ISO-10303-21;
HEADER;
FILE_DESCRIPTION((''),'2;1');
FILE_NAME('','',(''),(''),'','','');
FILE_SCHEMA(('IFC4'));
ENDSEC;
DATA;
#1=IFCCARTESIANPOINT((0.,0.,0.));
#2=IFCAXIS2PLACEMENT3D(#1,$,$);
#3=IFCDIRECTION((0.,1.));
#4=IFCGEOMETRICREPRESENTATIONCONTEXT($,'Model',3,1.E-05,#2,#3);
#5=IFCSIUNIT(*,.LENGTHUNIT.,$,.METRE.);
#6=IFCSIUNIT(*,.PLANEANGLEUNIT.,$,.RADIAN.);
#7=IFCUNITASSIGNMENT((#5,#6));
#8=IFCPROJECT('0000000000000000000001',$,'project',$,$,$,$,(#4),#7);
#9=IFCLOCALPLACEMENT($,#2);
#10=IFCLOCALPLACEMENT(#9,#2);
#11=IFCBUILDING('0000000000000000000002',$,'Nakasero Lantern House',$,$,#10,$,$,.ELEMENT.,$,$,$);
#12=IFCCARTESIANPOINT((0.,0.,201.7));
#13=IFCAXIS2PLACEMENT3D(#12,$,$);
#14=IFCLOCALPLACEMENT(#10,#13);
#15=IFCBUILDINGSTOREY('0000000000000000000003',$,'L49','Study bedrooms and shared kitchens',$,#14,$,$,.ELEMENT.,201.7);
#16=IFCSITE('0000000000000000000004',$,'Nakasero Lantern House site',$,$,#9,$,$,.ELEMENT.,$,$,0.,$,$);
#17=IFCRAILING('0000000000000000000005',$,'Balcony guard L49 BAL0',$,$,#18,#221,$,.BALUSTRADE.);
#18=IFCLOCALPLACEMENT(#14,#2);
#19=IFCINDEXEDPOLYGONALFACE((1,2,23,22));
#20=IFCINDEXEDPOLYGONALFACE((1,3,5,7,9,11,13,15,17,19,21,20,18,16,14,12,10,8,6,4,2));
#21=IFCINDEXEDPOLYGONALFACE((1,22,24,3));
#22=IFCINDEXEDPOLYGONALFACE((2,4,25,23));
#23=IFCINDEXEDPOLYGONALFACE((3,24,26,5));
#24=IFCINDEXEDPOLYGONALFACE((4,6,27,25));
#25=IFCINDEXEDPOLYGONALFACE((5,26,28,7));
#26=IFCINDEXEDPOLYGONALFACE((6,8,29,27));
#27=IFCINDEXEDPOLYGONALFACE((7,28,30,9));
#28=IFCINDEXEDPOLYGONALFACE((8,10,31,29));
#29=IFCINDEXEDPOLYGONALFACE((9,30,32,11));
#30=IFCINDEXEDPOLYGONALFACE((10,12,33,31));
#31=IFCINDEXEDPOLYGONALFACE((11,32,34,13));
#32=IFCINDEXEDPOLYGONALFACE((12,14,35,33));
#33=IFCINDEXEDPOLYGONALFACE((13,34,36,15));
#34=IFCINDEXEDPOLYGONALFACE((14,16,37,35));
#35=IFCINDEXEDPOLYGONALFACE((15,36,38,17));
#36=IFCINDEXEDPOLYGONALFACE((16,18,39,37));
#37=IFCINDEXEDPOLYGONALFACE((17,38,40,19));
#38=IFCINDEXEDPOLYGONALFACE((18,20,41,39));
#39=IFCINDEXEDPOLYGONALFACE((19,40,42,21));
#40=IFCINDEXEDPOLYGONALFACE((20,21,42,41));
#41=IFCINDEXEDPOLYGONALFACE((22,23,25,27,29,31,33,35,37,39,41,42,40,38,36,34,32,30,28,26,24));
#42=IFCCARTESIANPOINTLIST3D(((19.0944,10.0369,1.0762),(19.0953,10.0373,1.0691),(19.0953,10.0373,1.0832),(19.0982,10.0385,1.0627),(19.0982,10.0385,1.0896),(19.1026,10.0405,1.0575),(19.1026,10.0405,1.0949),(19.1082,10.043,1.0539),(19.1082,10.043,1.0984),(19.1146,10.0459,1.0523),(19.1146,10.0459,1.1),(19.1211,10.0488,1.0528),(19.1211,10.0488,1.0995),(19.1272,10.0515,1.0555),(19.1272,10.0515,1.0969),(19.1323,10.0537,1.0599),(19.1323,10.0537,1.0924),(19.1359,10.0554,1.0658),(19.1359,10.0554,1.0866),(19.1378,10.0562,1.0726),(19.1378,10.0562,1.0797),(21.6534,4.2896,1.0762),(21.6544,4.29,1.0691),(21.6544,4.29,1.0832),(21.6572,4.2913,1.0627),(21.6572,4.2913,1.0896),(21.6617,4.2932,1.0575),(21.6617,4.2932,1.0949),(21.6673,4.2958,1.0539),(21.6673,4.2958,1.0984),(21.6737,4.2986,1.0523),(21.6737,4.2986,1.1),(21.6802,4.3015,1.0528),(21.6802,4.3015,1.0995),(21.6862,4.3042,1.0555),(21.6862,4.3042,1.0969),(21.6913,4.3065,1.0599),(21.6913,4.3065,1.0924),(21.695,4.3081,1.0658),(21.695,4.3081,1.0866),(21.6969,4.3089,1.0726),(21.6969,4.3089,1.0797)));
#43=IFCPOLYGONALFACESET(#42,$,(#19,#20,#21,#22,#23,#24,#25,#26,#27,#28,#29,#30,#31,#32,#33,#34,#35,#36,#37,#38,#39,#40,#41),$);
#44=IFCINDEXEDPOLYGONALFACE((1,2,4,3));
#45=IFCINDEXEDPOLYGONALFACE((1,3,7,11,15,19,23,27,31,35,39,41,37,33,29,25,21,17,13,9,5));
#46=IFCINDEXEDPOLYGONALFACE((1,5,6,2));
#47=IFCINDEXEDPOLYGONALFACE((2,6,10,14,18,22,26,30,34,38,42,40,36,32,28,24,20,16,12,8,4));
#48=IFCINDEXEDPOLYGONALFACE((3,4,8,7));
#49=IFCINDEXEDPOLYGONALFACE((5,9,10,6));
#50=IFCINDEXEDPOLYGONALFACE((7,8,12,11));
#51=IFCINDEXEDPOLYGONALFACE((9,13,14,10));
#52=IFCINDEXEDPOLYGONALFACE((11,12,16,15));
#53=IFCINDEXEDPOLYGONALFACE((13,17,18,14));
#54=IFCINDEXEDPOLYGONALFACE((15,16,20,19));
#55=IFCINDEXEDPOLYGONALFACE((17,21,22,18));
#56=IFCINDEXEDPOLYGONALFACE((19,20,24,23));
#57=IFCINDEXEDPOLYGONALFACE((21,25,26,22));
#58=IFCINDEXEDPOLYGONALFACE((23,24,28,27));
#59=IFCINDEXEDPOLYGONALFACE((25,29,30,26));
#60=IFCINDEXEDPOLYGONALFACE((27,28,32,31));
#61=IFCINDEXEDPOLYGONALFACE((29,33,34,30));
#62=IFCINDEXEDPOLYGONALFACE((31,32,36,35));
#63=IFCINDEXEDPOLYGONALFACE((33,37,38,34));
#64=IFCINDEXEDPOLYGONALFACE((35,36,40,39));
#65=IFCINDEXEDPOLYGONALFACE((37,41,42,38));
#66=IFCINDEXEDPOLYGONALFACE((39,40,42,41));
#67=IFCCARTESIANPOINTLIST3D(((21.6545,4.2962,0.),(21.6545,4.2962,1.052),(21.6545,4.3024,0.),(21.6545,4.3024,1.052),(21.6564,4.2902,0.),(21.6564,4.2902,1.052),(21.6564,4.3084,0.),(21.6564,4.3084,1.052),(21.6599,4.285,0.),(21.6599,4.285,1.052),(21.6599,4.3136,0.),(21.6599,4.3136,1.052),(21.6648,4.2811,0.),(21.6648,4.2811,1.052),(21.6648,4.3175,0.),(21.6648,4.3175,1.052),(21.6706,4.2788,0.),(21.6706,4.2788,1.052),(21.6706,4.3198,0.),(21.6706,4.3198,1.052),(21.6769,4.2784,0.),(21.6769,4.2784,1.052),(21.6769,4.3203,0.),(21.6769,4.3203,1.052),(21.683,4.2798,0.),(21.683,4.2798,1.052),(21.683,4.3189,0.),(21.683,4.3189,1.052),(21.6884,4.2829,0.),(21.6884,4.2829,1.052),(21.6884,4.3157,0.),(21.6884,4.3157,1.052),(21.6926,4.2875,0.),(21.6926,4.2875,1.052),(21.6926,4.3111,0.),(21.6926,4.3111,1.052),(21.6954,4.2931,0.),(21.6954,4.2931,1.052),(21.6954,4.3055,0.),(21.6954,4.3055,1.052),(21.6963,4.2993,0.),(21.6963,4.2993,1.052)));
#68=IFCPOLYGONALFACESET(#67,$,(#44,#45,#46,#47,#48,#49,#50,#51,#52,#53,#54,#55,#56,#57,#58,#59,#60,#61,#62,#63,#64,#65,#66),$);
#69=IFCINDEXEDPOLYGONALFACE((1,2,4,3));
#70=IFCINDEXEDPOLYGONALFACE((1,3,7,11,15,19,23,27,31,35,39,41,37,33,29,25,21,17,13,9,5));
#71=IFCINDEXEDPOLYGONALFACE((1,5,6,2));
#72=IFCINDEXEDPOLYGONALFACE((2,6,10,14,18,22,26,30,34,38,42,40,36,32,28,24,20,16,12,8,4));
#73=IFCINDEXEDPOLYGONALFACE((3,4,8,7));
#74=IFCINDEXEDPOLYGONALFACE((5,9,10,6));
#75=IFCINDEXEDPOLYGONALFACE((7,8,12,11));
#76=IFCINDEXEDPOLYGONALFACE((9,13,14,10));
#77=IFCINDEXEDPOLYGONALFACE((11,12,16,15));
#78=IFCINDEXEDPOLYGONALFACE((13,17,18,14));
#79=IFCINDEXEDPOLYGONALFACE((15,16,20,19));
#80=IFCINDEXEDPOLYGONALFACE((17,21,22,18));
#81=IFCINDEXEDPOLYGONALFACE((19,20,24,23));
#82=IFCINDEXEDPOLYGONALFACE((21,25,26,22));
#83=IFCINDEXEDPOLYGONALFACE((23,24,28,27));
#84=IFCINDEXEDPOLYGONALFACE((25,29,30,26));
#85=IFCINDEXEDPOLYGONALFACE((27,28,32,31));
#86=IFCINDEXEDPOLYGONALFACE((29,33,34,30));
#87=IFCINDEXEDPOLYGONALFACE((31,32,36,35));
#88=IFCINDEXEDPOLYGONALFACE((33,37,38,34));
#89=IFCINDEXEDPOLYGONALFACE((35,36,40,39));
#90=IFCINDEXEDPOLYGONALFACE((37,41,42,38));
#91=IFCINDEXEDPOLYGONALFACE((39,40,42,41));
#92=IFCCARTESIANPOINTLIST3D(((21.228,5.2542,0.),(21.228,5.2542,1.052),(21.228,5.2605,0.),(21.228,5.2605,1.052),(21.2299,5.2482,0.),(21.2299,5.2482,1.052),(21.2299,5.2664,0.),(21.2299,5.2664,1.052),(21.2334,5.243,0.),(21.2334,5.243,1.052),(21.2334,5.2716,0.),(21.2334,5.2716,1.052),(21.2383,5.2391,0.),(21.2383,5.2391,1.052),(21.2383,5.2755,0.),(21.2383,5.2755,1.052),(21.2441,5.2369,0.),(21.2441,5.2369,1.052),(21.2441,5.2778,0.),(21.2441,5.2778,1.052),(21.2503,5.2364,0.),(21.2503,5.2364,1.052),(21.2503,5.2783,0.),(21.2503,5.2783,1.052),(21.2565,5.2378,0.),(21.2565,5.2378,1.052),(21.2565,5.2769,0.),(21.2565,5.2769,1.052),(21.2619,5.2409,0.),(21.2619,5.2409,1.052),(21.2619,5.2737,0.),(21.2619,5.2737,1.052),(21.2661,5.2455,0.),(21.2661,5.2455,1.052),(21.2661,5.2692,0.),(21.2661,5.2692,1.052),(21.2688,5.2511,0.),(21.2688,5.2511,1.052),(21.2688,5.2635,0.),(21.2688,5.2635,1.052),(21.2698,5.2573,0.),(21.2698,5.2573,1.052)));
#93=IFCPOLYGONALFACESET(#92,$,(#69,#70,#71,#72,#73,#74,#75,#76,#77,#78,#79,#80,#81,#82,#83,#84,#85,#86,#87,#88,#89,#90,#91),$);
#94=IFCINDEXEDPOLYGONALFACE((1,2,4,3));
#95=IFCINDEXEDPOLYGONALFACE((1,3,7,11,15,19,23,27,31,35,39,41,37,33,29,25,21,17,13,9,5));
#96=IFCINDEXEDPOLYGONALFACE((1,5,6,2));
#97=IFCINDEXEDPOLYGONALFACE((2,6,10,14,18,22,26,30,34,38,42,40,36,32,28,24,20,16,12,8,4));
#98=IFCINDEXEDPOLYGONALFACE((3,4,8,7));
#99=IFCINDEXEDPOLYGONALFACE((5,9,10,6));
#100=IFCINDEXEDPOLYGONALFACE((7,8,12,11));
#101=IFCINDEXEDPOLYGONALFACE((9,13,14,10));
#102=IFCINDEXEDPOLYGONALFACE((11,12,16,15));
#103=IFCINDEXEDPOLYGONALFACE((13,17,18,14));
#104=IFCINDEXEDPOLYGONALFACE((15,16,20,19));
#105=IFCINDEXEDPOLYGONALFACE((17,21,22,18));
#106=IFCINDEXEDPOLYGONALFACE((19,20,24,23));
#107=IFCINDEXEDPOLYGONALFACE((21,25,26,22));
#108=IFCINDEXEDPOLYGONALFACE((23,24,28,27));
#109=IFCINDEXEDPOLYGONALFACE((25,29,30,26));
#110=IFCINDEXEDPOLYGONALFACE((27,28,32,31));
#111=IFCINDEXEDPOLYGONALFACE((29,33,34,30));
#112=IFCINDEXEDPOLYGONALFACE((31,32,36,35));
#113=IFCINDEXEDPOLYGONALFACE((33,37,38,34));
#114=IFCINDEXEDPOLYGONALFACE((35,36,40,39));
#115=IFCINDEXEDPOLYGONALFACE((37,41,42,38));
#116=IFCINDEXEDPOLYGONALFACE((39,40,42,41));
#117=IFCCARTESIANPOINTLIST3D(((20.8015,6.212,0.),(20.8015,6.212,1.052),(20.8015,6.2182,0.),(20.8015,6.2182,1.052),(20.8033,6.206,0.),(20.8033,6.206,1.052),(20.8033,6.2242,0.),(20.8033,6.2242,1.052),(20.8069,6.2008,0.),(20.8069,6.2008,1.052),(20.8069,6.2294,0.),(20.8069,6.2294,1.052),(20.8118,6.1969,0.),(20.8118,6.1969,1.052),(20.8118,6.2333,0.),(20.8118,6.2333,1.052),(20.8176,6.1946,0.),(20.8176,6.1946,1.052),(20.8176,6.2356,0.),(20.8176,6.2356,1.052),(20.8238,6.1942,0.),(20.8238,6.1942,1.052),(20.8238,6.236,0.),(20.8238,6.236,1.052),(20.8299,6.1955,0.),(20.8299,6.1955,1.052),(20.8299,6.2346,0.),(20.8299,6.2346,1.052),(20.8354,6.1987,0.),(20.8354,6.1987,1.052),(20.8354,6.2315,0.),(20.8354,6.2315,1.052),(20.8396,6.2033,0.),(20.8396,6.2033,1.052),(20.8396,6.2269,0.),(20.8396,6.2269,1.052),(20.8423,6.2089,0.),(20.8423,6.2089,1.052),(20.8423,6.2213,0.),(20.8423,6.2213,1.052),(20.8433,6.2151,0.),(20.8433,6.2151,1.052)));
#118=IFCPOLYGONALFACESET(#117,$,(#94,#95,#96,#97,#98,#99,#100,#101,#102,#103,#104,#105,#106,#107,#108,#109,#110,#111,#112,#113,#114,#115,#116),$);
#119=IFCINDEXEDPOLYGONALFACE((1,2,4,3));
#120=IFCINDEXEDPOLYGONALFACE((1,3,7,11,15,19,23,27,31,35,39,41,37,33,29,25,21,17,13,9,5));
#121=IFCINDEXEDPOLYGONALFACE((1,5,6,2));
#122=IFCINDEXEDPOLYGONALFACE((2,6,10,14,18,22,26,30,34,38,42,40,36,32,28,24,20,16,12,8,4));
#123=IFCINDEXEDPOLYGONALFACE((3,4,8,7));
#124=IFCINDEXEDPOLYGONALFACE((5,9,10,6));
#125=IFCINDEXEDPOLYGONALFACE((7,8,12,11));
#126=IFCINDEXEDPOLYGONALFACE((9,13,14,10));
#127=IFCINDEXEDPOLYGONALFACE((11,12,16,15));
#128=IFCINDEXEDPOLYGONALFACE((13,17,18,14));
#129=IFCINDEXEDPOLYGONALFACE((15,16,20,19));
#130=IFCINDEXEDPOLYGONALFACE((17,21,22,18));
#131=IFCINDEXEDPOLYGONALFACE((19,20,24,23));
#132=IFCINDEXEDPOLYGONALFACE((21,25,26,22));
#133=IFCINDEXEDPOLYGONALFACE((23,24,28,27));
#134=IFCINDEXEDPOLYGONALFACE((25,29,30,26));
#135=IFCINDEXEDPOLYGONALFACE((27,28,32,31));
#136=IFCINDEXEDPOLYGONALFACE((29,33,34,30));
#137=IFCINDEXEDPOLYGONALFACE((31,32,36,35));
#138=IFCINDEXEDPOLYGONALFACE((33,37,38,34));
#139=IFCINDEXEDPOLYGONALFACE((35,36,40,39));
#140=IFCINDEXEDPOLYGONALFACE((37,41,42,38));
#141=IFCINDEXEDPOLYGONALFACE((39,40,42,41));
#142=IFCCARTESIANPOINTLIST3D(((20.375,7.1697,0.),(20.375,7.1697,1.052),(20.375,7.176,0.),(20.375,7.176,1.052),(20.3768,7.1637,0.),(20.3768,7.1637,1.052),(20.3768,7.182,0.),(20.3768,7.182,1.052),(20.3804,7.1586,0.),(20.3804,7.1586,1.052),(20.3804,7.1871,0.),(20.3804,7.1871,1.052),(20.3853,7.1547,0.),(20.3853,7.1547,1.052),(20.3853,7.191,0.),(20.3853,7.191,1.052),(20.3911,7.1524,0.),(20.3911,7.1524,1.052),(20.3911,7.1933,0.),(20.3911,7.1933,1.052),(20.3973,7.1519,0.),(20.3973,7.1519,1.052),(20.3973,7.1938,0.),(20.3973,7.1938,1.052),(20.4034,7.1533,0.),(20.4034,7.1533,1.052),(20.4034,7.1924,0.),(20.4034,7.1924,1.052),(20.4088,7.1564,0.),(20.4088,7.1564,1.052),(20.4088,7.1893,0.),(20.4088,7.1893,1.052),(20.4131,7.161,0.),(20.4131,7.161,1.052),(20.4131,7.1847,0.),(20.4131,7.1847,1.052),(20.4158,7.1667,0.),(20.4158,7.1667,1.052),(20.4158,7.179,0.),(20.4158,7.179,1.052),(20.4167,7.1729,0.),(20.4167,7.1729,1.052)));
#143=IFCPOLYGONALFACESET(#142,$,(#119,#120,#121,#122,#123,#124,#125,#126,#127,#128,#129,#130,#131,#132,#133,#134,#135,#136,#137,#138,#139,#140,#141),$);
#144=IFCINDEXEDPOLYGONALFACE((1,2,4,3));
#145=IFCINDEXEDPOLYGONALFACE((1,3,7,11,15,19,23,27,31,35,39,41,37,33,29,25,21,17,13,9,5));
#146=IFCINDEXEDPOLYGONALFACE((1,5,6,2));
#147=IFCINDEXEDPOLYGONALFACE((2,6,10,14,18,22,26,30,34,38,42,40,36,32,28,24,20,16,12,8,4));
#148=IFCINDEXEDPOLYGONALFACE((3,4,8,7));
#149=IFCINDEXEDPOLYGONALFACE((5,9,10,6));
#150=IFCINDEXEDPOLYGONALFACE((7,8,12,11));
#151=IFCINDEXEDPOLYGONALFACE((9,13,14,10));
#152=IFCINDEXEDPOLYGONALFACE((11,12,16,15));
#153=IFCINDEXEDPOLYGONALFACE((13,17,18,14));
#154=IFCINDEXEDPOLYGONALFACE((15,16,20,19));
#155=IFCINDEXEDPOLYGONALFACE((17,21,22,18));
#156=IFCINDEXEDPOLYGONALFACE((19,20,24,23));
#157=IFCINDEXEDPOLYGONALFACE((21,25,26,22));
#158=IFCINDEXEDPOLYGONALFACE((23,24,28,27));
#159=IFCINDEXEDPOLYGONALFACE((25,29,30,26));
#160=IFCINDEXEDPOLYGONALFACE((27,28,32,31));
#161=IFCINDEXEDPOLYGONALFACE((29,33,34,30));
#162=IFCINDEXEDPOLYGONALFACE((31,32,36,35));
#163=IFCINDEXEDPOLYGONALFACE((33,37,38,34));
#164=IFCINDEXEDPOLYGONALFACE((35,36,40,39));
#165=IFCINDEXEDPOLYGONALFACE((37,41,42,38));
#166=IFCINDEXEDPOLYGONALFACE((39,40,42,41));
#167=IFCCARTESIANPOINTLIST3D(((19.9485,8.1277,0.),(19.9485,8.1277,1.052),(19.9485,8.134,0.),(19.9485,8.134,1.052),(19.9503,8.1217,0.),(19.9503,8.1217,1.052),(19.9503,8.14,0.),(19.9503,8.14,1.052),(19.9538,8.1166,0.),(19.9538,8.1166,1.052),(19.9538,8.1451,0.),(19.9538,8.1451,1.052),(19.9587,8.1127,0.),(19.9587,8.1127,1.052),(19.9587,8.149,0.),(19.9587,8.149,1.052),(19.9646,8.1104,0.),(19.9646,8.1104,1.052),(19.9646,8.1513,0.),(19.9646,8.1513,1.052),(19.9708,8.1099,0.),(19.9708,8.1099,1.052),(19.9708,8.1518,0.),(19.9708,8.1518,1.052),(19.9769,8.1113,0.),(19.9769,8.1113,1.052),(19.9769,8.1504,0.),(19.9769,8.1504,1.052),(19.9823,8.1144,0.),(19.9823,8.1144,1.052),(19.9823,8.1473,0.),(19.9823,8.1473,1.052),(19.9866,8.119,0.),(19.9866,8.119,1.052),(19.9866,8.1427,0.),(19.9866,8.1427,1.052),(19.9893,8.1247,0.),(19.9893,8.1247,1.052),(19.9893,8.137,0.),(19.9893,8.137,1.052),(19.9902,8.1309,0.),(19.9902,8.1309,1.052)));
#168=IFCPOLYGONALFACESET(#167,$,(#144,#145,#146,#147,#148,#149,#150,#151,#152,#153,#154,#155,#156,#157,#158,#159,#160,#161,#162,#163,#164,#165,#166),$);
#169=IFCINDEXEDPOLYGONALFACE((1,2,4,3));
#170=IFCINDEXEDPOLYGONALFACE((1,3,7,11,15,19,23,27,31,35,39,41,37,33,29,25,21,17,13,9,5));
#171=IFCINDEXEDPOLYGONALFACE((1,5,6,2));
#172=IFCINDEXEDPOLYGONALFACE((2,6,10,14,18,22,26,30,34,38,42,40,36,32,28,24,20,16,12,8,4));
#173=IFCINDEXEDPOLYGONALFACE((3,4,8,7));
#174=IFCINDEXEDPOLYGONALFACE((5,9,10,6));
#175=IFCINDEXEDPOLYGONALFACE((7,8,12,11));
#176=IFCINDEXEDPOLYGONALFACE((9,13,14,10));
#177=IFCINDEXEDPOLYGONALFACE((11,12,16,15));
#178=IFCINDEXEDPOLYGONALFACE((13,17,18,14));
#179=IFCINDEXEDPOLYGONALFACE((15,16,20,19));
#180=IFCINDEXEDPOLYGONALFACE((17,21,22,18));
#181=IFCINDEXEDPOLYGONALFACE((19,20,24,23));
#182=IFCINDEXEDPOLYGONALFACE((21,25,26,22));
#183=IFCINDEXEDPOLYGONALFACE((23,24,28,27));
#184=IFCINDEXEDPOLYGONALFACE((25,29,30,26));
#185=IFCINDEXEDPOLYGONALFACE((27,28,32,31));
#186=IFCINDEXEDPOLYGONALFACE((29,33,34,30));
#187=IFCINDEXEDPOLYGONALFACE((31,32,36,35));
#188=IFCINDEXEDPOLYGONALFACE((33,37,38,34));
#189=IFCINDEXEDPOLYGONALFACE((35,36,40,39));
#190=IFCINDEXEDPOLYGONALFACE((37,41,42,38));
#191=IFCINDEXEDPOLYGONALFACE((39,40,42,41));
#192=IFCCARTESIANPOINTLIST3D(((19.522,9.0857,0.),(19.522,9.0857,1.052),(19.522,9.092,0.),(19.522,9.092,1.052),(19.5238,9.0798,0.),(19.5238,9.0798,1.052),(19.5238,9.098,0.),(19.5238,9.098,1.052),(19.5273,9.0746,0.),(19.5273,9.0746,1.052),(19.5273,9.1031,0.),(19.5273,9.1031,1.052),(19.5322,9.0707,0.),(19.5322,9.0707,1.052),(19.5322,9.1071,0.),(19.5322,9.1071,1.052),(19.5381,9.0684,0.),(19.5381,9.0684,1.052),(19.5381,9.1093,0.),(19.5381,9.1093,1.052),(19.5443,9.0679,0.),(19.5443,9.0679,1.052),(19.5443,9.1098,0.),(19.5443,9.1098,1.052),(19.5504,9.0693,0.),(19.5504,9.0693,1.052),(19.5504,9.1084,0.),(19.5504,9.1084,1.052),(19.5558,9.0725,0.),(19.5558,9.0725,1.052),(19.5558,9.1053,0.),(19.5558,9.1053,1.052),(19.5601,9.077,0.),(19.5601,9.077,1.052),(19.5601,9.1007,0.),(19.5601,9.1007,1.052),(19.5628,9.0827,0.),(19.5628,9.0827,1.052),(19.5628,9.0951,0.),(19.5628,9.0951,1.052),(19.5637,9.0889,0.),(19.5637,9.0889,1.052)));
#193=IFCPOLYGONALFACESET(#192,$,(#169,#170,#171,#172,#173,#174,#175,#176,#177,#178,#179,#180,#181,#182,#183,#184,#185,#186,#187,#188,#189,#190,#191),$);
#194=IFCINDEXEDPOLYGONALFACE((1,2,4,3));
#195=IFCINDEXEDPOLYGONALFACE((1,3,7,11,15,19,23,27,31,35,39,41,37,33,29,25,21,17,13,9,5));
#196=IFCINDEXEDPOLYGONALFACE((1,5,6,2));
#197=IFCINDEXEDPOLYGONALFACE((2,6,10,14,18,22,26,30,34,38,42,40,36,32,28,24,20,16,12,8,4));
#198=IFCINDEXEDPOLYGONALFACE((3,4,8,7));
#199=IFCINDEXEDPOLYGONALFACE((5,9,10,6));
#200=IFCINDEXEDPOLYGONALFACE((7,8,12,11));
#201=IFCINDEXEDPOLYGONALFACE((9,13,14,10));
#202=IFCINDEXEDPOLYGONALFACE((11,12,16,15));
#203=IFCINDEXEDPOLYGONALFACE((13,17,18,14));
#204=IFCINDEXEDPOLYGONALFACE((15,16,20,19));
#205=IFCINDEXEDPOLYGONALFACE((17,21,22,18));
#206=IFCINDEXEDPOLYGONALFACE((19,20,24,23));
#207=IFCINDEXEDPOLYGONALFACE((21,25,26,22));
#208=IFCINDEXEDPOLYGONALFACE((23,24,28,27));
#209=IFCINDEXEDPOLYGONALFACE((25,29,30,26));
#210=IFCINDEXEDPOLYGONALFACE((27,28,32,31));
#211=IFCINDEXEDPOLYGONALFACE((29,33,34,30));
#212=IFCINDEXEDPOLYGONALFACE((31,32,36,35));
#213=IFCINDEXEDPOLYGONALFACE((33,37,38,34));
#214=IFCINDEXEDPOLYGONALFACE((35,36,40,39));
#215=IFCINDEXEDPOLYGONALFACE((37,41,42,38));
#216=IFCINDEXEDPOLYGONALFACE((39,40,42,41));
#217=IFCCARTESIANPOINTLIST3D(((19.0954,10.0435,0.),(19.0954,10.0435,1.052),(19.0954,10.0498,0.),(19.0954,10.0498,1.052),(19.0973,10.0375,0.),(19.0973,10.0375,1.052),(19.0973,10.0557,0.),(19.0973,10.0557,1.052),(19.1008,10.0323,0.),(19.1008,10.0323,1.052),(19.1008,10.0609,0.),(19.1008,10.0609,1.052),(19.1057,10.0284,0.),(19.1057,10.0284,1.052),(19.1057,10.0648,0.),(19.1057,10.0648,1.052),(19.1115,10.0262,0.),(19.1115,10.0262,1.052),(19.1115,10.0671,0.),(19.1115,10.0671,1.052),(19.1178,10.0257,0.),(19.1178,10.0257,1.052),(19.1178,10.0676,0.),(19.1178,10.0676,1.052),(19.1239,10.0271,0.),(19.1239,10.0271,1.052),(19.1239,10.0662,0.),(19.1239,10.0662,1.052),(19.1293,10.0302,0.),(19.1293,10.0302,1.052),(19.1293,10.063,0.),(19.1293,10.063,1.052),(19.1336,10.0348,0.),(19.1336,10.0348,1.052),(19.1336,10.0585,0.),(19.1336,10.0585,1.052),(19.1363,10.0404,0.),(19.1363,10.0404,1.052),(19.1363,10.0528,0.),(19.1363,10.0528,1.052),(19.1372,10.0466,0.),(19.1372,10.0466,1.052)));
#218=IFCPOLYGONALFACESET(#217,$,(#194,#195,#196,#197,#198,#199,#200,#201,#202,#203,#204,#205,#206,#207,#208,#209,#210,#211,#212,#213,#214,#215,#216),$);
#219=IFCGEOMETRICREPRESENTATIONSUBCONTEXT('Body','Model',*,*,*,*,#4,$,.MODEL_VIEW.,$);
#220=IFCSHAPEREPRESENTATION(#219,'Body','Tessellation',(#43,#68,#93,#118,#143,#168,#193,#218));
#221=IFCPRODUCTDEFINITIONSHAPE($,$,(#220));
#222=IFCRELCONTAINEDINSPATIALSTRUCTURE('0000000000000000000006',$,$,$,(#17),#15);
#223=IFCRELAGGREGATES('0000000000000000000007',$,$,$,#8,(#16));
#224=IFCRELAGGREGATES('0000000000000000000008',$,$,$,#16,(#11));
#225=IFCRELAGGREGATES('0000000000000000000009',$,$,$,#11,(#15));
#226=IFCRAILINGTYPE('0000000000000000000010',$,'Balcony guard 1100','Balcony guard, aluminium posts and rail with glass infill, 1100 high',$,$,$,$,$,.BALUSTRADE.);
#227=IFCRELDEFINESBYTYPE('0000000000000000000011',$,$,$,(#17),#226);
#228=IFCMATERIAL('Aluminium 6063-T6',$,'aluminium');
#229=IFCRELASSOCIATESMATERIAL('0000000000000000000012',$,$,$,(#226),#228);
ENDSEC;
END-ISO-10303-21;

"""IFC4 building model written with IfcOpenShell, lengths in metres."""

from ifc_helpers import new_model, si_unit, direction, frame, origin, origin_2d, place, context, subcontext, project, spatial, circle, extrude, material, type_object, element, save


model = new_model("IFC4")

# Units and contexts
model_context = context("Model", 3, precision=1e-05, world=origin(), true_north=direction((0.0, 1.0)))
body_context = subcontext(model_context, "Body", "Model", "MODEL_VIEW")
ifc_project = project(units=[si_unit("LENGTHUNIT", "METRE"), si_unit("PLANEANGLEUNIT", "RADIAN")], contexts=[model_context])

# Site, building, storey
site_placement = place(None, origin())
site = spatial("IfcSite", under=ifc_project, at=site_placement, Name="Nakasero Lantern House site", CompositionType="ELEMENT", RefElevation=0.0)
building_placement = place(site_placement, origin())
building = spatial("IfcBuilding", under=site, at=building_placement, Name="Nakasero Lantern House", CompositionType="ELEMENT")
storey_placement = place(building_placement, frame((0.0, 0.0, 201.7)))
storey = spatial("IfcBuildingStorey", under=building, at=storey_placement, Name="L49", Description="Study bedrooms and shared kitchens", CompositionType="ELEMENT", Elevation=201.7)

# Railing
ifc_material_1 = material(Name="Aluminium 6063-T6", Category="aluminium")
railing_type = type_object("IfcRailingType", Name="Balcony guard 1100", Description="Balcony guard, aluminium posts and rail with glass infill, 1100 high", PredefinedType="BALUSTRADE", material=ifc_material_1)
railing_placement = place(storey_placement, frame((21.6753, 4.2993, 0.0)))
element("IfcRailing", 1, at=railing_placement, inside=storey, type_object=railing_type, Name="Balcony guard L49 BAL0", PredefinedType="BALUSTRADE", context=body_context, shape_type="SweptSolid", body=[
    extrude(circle(Radius=0.0239, at=origin_2d()), frame((0.0, 0.0, 1.0762), z_axis=(-0.406765, 0.913533, 0.0), x_axis=(-0.913533, -0.406765, 0.0)), (0.0, 0.0, 1.0), 6.2913),
    extrude(circle(Radius=0.021, at=origin_2d()), origin(), (0.0, 0.0, 1.0), 1.052),
    extrude(circle(Radius=0.021, at=origin_2d()), frame((-0.4265, 0.958, 0.0)), (0.0, 0.0, 1.0), 1.052),
    extrude(circle(Radius=0.021, at=origin_2d()), frame((-0.853, 1.9158, 0.0)), (0.0, 0.0, 1.0), 1.052),
    extrude(circle(Radius=0.021, at=origin_2d()), frame((-1.2795, 2.8735, 0.0)), (0.0, 0.0, 1.0), 1.052),
    extrude(circle(Radius=0.021, at=origin_2d()), frame((-1.7061, 3.8315, 0.0)), (0.0, 0.0, 1.0), 1.052),
    extrude(circle(Radius=0.021, at=origin_2d()), frame((-2.1326, 4.7896, 0.0)), (0.0, 0.0, 1.0), 1.052),
    extrude(circle(Radius=0.021, at=origin_2d()), frame((-2.5591, 5.7473, 0.0)), (0.0, 0.0, 1.0), 1.052),
])

save(model, "model.ifc")
